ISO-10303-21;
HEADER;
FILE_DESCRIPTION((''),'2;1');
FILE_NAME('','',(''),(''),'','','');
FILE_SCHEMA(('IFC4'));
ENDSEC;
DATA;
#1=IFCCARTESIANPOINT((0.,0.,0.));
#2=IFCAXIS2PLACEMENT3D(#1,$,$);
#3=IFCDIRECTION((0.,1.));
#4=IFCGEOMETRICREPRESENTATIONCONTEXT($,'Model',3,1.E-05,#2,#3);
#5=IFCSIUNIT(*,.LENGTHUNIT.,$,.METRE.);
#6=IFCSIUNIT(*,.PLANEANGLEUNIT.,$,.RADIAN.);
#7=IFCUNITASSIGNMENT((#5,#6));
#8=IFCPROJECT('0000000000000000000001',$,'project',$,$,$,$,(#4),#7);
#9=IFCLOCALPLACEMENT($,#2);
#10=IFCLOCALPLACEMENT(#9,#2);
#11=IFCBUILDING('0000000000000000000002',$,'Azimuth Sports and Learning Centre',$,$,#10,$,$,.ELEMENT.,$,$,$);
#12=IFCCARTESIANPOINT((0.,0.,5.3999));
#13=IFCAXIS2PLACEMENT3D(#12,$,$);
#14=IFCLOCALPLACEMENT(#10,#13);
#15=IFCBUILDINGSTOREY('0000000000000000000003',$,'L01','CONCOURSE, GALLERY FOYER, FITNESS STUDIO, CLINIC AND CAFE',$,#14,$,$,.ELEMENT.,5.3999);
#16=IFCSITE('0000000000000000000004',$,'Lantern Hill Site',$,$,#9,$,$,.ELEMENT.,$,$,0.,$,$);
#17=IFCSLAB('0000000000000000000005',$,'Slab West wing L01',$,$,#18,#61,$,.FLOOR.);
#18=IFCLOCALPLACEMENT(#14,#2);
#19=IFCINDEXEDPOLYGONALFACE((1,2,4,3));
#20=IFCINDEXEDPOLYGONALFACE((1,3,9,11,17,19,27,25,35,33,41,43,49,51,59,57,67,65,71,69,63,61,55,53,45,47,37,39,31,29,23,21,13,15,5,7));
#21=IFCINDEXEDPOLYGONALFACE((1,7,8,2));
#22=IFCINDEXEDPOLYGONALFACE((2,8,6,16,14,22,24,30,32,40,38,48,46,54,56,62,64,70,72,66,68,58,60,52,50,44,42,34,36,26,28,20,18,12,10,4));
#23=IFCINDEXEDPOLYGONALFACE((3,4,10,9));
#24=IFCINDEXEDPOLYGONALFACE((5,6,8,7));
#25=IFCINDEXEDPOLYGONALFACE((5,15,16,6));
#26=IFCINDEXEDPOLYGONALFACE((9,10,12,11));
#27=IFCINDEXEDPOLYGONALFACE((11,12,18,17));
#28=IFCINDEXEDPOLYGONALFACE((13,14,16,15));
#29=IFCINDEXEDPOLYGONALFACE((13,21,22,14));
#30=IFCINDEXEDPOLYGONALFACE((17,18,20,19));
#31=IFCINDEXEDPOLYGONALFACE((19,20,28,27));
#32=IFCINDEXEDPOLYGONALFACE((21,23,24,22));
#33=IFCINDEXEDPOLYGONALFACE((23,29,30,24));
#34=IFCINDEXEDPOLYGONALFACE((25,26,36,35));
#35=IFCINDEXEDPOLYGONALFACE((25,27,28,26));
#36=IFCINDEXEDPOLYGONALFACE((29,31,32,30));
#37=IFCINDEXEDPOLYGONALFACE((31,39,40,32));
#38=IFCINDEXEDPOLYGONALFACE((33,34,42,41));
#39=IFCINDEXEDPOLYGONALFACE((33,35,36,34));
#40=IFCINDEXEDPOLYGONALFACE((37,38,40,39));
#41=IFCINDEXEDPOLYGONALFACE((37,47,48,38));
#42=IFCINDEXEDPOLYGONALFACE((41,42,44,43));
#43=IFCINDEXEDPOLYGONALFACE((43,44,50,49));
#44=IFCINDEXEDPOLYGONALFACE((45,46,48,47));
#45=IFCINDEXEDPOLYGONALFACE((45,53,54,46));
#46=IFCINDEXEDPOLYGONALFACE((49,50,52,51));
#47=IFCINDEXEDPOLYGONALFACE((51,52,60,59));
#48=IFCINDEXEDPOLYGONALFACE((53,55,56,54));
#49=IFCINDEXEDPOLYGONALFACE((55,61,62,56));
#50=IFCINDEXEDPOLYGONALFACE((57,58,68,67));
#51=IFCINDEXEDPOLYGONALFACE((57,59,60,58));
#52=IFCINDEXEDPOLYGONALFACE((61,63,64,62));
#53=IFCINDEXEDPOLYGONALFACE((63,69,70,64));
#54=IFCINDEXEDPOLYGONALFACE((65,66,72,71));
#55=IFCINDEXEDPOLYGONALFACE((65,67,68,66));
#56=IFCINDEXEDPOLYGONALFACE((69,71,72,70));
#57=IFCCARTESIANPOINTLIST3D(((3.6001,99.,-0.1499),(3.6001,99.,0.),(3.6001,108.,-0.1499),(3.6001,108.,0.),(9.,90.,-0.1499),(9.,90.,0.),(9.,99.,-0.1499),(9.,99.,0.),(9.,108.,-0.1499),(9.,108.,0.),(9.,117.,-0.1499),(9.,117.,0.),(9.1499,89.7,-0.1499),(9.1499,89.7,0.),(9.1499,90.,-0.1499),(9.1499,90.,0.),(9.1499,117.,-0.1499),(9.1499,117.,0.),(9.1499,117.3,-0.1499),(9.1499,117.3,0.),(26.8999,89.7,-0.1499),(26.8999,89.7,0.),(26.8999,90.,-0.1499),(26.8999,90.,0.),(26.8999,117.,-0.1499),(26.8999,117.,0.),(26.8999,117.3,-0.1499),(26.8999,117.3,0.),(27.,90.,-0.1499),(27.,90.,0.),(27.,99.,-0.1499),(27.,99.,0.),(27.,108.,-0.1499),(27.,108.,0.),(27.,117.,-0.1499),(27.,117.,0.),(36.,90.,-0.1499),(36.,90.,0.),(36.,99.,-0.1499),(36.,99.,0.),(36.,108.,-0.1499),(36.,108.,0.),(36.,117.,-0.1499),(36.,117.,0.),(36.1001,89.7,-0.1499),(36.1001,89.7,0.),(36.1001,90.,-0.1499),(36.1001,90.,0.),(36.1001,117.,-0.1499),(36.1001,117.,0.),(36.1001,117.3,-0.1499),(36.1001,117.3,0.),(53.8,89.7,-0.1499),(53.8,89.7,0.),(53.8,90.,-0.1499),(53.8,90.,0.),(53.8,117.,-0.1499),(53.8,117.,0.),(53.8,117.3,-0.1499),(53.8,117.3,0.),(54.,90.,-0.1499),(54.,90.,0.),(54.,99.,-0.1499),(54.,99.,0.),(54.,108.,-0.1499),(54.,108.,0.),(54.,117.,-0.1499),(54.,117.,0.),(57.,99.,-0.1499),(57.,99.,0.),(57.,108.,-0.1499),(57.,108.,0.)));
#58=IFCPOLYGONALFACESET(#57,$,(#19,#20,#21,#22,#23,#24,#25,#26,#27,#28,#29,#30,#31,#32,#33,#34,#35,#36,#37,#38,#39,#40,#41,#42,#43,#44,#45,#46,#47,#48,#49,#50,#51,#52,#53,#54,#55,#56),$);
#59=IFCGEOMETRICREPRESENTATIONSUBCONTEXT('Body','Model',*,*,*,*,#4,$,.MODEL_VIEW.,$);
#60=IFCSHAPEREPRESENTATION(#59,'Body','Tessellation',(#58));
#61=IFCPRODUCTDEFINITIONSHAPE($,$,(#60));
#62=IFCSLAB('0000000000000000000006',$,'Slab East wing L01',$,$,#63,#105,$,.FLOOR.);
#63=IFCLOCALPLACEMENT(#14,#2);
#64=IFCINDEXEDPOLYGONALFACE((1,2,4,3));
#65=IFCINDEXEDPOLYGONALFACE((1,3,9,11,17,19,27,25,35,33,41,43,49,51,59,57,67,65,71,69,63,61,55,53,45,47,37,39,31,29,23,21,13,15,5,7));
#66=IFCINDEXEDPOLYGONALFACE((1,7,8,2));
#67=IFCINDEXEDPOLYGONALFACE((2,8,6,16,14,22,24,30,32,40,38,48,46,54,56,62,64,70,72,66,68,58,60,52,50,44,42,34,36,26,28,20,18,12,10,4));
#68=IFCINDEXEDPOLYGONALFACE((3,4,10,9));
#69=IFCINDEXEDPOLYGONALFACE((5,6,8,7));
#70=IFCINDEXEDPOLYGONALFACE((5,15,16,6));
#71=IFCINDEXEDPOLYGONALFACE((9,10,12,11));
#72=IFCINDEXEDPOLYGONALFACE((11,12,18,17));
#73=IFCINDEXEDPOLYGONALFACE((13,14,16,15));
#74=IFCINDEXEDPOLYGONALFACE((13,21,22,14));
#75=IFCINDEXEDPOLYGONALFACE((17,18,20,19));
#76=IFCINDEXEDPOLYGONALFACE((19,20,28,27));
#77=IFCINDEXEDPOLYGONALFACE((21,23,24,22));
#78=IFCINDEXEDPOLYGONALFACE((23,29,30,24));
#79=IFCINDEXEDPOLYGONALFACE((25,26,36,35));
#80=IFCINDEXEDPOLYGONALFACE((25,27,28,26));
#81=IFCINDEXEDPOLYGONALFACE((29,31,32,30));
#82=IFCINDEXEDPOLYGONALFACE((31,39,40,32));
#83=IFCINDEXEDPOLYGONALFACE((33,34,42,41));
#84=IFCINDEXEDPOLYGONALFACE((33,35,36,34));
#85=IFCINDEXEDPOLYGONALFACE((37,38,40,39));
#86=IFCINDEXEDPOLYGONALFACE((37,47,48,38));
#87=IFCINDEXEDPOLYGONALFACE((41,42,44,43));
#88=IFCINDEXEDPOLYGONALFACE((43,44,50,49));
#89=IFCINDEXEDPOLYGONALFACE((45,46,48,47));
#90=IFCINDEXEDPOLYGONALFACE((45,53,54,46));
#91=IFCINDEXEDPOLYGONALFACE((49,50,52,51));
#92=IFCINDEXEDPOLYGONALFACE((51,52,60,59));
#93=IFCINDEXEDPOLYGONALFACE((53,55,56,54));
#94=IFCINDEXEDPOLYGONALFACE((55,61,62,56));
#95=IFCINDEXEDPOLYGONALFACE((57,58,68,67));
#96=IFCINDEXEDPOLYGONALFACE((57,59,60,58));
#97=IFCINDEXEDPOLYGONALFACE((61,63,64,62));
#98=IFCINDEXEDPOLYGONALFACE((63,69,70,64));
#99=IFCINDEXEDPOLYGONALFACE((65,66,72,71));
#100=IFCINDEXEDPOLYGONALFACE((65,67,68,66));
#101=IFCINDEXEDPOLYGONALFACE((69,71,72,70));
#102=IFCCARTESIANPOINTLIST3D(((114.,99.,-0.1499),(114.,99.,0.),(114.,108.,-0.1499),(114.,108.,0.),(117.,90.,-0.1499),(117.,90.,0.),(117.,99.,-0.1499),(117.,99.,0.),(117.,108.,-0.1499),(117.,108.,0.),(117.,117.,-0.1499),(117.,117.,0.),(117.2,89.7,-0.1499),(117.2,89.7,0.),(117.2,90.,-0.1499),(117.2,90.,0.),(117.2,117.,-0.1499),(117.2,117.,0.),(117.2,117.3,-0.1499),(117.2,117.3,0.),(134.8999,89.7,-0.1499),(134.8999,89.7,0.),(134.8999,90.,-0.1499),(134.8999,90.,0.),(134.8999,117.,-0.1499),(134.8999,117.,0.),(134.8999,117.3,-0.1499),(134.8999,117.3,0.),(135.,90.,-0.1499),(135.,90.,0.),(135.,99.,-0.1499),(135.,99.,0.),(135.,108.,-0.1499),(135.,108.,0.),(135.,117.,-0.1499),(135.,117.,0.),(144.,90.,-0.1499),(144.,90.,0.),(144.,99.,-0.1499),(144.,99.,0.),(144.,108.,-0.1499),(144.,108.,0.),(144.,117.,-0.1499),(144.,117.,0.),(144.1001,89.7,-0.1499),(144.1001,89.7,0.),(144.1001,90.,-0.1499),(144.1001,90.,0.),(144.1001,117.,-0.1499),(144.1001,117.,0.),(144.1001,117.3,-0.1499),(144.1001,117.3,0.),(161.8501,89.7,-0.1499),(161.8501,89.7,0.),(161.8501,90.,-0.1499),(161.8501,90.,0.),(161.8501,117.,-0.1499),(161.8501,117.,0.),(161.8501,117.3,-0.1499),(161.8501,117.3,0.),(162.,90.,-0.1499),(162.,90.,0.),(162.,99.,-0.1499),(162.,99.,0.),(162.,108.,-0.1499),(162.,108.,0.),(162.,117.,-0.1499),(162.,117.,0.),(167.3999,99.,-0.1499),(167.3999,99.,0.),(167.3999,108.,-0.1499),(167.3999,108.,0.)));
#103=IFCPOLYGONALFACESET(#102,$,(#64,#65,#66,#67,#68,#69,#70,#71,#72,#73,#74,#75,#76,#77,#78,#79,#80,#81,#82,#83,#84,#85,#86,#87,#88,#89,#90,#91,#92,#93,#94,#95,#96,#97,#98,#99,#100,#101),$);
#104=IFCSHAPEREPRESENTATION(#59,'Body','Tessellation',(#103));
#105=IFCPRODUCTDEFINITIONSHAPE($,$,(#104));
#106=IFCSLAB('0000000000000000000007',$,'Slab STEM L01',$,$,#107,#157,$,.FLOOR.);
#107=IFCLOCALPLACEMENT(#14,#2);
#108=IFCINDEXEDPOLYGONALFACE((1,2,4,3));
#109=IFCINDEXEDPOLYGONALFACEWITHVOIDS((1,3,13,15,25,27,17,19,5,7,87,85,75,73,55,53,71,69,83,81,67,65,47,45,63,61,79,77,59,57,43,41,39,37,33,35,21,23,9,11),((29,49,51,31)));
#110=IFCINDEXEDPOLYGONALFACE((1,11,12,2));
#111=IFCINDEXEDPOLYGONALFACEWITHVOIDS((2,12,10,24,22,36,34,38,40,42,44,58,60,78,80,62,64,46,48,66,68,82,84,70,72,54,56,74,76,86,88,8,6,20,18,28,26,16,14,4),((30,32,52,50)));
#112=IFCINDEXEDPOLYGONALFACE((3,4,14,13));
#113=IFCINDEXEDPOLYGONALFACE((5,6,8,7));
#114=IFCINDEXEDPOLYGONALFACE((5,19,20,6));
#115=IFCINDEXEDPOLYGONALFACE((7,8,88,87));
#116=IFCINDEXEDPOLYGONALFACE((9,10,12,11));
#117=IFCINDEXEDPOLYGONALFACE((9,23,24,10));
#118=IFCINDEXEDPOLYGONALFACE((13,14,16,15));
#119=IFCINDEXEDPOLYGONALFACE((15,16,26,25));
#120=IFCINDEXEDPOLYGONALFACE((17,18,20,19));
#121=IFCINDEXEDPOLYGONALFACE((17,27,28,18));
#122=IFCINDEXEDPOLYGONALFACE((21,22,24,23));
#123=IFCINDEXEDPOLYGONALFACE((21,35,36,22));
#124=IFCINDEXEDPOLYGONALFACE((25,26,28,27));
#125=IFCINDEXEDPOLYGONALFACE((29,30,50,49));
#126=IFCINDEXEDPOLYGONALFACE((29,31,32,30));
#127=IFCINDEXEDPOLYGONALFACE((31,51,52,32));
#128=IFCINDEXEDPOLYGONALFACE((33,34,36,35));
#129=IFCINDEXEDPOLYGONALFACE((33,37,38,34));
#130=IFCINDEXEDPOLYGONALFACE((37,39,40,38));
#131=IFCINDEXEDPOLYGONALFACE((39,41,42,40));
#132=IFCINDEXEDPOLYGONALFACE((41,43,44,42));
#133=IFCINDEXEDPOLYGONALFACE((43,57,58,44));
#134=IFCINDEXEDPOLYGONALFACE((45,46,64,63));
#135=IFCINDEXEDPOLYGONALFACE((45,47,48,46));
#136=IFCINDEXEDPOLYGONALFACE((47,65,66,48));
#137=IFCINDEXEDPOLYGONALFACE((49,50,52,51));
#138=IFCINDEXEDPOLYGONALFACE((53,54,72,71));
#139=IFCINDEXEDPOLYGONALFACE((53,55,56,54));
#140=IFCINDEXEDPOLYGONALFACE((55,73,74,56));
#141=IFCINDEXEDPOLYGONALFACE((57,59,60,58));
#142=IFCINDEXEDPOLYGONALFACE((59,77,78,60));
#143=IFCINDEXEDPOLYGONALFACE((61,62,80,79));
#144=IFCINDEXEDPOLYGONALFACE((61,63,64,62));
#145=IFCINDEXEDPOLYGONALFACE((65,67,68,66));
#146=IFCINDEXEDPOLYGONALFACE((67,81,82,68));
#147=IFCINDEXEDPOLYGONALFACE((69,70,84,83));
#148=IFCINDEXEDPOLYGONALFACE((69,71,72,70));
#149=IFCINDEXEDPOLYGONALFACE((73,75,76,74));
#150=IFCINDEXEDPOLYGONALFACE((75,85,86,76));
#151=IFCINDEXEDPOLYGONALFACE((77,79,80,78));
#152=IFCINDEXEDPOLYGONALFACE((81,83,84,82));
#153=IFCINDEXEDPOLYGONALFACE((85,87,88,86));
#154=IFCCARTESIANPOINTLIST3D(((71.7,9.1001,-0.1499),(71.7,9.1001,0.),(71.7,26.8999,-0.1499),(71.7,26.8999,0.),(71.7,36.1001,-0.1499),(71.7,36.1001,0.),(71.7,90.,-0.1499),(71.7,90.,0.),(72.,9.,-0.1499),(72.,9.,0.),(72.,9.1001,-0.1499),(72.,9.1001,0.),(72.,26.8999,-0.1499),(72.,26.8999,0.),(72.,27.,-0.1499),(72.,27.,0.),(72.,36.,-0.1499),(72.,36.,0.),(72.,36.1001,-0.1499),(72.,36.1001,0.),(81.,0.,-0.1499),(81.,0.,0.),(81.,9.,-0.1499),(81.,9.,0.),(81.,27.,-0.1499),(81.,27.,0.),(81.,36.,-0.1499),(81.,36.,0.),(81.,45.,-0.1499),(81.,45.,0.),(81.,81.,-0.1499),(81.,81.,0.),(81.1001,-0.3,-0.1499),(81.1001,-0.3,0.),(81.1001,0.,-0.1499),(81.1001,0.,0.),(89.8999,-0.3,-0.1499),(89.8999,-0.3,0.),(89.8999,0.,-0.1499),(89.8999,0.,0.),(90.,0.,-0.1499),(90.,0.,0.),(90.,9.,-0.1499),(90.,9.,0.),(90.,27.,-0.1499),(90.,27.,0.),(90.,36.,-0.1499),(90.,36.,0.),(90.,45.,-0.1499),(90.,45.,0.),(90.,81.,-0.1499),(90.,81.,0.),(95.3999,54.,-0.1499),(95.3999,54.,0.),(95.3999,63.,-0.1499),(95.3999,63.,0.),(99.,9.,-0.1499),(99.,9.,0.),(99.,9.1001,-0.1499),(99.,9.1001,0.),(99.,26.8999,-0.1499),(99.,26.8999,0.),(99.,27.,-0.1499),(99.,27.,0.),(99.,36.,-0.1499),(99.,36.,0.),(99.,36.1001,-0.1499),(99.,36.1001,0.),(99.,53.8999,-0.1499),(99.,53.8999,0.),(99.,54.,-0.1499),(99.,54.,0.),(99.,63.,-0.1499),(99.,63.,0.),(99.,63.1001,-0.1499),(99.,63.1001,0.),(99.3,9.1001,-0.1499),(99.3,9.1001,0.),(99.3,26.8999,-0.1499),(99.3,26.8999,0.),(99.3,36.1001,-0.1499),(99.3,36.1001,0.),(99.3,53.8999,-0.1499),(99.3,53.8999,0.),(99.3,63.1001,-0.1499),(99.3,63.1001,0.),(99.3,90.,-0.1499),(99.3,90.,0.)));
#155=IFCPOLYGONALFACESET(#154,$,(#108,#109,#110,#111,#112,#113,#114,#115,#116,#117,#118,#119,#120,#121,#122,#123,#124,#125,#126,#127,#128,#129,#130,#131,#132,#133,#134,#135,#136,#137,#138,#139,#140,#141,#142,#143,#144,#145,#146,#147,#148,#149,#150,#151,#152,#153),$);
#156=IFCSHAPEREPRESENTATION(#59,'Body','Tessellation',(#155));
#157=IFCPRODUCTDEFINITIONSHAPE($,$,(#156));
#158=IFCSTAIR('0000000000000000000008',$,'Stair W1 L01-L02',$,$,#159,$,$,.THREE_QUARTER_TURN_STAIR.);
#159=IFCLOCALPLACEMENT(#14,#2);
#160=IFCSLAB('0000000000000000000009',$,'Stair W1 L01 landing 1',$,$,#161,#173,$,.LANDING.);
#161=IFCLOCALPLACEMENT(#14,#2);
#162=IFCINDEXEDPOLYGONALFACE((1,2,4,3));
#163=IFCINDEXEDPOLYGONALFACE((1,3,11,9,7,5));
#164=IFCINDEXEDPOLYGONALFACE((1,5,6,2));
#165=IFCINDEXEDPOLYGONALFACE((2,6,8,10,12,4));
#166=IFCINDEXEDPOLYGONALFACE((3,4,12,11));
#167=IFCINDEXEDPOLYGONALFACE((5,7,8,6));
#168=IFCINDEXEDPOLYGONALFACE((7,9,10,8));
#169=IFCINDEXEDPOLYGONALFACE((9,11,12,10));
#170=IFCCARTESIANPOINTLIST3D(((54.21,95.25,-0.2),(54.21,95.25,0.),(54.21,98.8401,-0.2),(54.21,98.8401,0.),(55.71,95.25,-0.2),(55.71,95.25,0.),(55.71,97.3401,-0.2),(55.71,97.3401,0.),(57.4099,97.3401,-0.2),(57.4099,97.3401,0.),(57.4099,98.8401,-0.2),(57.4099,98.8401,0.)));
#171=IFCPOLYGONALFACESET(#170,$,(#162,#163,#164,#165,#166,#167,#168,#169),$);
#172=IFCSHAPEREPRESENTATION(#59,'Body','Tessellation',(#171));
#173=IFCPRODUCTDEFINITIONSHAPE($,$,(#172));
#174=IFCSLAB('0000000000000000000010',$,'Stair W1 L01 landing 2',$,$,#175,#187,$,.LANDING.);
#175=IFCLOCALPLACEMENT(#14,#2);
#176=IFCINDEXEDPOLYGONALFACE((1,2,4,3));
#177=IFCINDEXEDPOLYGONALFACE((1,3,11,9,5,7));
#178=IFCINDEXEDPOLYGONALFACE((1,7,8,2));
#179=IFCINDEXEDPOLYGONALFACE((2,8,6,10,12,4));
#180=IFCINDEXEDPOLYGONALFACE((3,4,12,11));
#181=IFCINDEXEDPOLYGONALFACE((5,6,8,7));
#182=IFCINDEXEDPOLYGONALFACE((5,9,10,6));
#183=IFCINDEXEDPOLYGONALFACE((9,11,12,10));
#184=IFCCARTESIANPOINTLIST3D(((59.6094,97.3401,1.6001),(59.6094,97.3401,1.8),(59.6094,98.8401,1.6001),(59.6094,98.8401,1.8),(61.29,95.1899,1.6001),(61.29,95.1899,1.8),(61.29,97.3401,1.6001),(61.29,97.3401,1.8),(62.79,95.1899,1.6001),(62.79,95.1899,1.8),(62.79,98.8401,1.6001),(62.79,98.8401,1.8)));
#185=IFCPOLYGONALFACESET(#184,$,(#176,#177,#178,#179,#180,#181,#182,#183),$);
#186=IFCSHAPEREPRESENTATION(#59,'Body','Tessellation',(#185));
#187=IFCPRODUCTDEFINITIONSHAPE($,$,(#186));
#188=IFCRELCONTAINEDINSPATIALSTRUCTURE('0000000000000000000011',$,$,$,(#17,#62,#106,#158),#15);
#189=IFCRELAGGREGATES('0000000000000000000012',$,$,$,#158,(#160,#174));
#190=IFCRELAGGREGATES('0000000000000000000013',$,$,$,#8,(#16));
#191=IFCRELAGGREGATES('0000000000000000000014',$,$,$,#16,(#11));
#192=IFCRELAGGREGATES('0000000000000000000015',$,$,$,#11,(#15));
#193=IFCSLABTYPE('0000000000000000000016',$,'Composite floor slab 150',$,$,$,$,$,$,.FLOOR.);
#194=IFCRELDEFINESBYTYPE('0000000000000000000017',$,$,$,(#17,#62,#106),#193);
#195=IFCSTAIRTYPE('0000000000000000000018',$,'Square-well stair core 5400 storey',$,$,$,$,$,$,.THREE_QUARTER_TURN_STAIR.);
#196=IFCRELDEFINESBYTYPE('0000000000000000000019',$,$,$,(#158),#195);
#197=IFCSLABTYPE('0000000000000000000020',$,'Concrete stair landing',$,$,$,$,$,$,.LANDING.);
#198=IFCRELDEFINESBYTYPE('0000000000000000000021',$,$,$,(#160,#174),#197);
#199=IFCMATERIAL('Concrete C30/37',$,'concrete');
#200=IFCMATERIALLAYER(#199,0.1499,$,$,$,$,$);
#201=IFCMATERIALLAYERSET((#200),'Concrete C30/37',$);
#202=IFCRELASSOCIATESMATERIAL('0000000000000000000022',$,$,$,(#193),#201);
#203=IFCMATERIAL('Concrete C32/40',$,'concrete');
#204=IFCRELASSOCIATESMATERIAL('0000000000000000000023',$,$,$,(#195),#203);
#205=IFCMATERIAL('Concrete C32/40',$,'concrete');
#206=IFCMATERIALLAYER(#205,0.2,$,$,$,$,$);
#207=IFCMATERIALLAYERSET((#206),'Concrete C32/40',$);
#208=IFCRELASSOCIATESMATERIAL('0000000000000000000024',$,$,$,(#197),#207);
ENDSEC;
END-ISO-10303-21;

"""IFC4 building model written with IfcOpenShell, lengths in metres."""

from ifc_helpers import new_model, si_unit, direction, frame, origin, place, context, subcontext, project, spatial, polyline, outline, extrude, material, layer, layer_set, type_object, element, aggregate, save


model = new_model("IFC4")

# Units and contexts
model_context = context("Model", 3, precision=1e-05, world=origin(), true_north=direction((0.0, 1.0)))
body_context = subcontext(model_context, "Body", "Model", "MODEL_VIEW")
ifc_project = project(units=[si_unit("LENGTHUNIT", "METRE"), si_unit("PLANEANGLEUNIT", "RADIAN")], contexts=[model_context])

# Site, building, storey
site_placement = place(None, origin())
site = spatial("IfcSite", under=ifc_project, at=site_placement, Name="Lantern Hill Site", CompositionType="ELEMENT", RefElevation=0.0)
building_placement = place(site_placement, origin())
building = spatial("IfcBuilding", under=site, at=building_placement, Name="Azimuth Sports and Learning Centre", CompositionType="ELEMENT")
storey_placement = place(building_placement, frame((0.0, 0.0, 5.3999)))
storey = spatial("IfcBuildingStorey", under=building, at=storey_placement, Name="L01", Description="CONCOURSE, GALLERY FOYER, FITNESS STUDIO, CLINIC AND CAFE", CompositionType="ELEMENT", Elevation=5.3999)

# Slabs
ifc_material_1 = material(Name="Concrete C30/37", Category="concrete")
ifc_layer_1 = layer(ifc_material_1, 0.1499)
ifc_layer_set_1 = layer_set([ifc_layer_1], Name="Concrete C30/37")
slab_type_1 = type_object("IfcSlabType", Name="Composite floor slab 150", PredefinedType="FLOOR", material=ifc_layer_set_1)
slab_1_placement = place(storey_placement, frame((0.0, 0.0, -0.1499)))
element("IfcSlab", 1, at=slab_1_placement, inside=storey, type_object=slab_type_1, Name="Slab West wing L01", PredefinedType="FLOOR", context=body_context, shape_type="SweptSolid", body=[
    extrude(outline(polyline([(9.1499, 89.7), (26.8999, 89.7), (26.8999, 90.0), (27.0, 90.0), (27.0, 99.0), (36.0, 99.0), (36.0, 90.0), (36.1001, 90.0), (36.1001, 89.7), (53.8, 89.7), (53.8, 90.0), (54.0, 90.0), (54.0, 99.0), (57.0, 99.0), (57.0, 108.0), (54.0, 108.0), (54.0, 117.0), (53.8, 117.0), (53.8, 117.3), (36.1001, 117.3), (36.1001, 117.0), (36.0, 117.0), (36.0, 108.0), (27.0, 108.0), (27.0, 117.0), (26.8999, 117.0), (26.8999, 117.3), (9.1499, 117.3), (9.1499, 117.0), (9.0, 117.0), (9.0, 108.0), (3.6001, 108.0), (3.6001, 99.0), (9.0, 99.0), (9.0, 90.0), (9.1499, 90.0), (9.1499, 89.7)])), origin(), (0.0, 0.0, 1.0), 0.1499),
])
slab_2_placement = place(storey_placement, frame((0.0, 0.0, -0.1499)))
element("IfcSlab", 2, at=slab_2_placement, inside=storey, type_object=slab_type_1, Name="Slab East wing L01", PredefinedType="FLOOR", context=body_context, shape_type="SweptSolid", body=[
    extrude(outline(polyline([(117.2, 89.7), (134.8999, 89.7), (134.8999, 90.0), (135.0, 90.0), (135.0, 99.0), (144.0, 99.0), (144.0, 90.0), (144.1001, 90.0), (144.1001, 89.7), (161.8501, 89.7), (161.8501, 90.0), (162.0, 90.0), (162.0, 99.0), (167.3999, 99.0), (167.3999, 108.0), (162.0, 108.0), (162.0, 117.0), (161.8501, 117.0), (161.8501, 117.3), (144.1001, 117.3), (144.1001, 117.0), (144.0, 117.0), (144.0, 108.0), (135.0, 108.0), (135.0, 117.0), (134.8999, 117.0), (134.8999, 117.3), (117.2, 117.3), (117.2, 117.0), (117.0, 117.0), (117.0, 108.0), (114.0, 108.0), (114.0, 99.0), (117.0, 99.0), (117.0, 90.0), (117.2, 90.0), (117.2, 89.7)])), origin(), (0.0, 0.0, 1.0), 0.1499),
])
slab_3_placement = place(storey_placement, frame((0.0, 0.0, -0.1499)))
element("IfcSlab", 3, at=slab_3_placement, inside=storey, type_object=slab_type_1, Name="Slab STEM L01", PredefinedType="FLOOR", context=body_context, shape_type="SweptSolid", body=[
    extrude(outline(polyline([(81.1001, -0.3), (89.8999, -0.3), (89.8999, 0.0), (90.0, 0.0), (90.0, 9.0), (99.0, 9.0), (99.0, 9.1001), (99.3, 9.1001), (99.3, 26.8999), (99.0, 26.8999), (99.0, 27.0), (90.0, 27.0), (90.0, 36.0), (99.0, 36.0), (99.0, 36.1001), (99.3, 36.1001), (99.3, 53.8999), (99.0, 53.8999), (99.0, 54.0), (95.3999, 54.0), (95.3999, 63.0), (99.0, 63.0), (99.0, 63.1001), (99.3, 63.1001), (99.3, 90.0), (71.7, 90.0), (71.7, 36.1001), (72.0, 36.1001), (72.0, 36.0), (81.0, 36.0), (81.0, 27.0), (72.0, 27.0), (72.0, 26.8999), (71.7, 26.8999), (71.7, 9.1001), (72.0, 9.1001), (72.0, 9.0), (81.0, 9.0), (81.0, 0.0), (81.1001, 0.0), (81.1001, -0.3)]), holes=[polyline([(81.0, 45.0), (81.0, 81.0), (90.0, 81.0), (90.0, 45.0), (81.0, 45.0)])]), origin(), (0.0, 0.0, 1.0), 0.1499),
])

# Stair, slabs
ifc_material_2 = material(Name="Concrete C32/40", Category="concrete")
stair_type_1 = type_object("IfcStairType", Name="Square-well stair core 5400 storey", PredefinedType="THREE_QUARTER_TURN_STAIR", material=ifc_material_2)
stair_1_placement = place(storey_placement, origin())
stair_1 = element("IfcStair", 4, at=stair_1_placement, inside=storey, type_object=stair_type_1, Name="Stair W1 L01-L02", PredefinedType="THREE_QUARTER_TURN_STAIR")
ifc_material_3 = material(Name="Concrete C32/40", Category="concrete")
ifc_layer_2 = layer(ifc_material_3, 0.2)
ifc_layer_set_2 = layer_set([ifc_layer_2], Name="Concrete C32/40")
slab_type_2 = type_object("IfcSlabType", Name="Concrete stair landing", PredefinedType="LANDING", material=ifc_layer_set_2)
slab_4_placement = place(storey_placement, frame((0.0, 0.0, -0.2)))
slab_4 = element("IfcSlab", 5, at=slab_4_placement, type_object=slab_type_2, Name="Stair W1 L01 landing 1", PredefinedType="LANDING", context=body_context, shape_type="SweptSolid", body=[
    extrude(outline(polyline([(54.21, 98.8401), (54.21, 95.25), (55.71, 95.25), (55.71, 97.3401), (57.4099, 97.3401), (57.4099, 98.8401), (54.21, 98.8401)])), origin(), (0.0, 0.0, 1.0), 0.2),
])
slab_5_placement = place(storey_placement, frame((0.0, 0.0, 1.6001)))
slab_5 = element("IfcSlab", 6, at=slab_5_placement, type_object=slab_type_2, Name="Stair W1 L01 landing 2", PredefinedType="LANDING", context=body_context, shape_type="SweptSolid", body=[
    extrude(outline(polyline([(61.29, 97.3401), (61.29, 95.1899), (62.79, 95.1899), (62.79, 98.8401), (59.6094, 98.8401), (59.6094, 97.3401), (61.29, 97.3401)])), origin(), (0.0, 0.0, 1.0), 0.2),
])
aggregate(stair_1, [slab_4, slab_5])

save(model, "model.ifc")
